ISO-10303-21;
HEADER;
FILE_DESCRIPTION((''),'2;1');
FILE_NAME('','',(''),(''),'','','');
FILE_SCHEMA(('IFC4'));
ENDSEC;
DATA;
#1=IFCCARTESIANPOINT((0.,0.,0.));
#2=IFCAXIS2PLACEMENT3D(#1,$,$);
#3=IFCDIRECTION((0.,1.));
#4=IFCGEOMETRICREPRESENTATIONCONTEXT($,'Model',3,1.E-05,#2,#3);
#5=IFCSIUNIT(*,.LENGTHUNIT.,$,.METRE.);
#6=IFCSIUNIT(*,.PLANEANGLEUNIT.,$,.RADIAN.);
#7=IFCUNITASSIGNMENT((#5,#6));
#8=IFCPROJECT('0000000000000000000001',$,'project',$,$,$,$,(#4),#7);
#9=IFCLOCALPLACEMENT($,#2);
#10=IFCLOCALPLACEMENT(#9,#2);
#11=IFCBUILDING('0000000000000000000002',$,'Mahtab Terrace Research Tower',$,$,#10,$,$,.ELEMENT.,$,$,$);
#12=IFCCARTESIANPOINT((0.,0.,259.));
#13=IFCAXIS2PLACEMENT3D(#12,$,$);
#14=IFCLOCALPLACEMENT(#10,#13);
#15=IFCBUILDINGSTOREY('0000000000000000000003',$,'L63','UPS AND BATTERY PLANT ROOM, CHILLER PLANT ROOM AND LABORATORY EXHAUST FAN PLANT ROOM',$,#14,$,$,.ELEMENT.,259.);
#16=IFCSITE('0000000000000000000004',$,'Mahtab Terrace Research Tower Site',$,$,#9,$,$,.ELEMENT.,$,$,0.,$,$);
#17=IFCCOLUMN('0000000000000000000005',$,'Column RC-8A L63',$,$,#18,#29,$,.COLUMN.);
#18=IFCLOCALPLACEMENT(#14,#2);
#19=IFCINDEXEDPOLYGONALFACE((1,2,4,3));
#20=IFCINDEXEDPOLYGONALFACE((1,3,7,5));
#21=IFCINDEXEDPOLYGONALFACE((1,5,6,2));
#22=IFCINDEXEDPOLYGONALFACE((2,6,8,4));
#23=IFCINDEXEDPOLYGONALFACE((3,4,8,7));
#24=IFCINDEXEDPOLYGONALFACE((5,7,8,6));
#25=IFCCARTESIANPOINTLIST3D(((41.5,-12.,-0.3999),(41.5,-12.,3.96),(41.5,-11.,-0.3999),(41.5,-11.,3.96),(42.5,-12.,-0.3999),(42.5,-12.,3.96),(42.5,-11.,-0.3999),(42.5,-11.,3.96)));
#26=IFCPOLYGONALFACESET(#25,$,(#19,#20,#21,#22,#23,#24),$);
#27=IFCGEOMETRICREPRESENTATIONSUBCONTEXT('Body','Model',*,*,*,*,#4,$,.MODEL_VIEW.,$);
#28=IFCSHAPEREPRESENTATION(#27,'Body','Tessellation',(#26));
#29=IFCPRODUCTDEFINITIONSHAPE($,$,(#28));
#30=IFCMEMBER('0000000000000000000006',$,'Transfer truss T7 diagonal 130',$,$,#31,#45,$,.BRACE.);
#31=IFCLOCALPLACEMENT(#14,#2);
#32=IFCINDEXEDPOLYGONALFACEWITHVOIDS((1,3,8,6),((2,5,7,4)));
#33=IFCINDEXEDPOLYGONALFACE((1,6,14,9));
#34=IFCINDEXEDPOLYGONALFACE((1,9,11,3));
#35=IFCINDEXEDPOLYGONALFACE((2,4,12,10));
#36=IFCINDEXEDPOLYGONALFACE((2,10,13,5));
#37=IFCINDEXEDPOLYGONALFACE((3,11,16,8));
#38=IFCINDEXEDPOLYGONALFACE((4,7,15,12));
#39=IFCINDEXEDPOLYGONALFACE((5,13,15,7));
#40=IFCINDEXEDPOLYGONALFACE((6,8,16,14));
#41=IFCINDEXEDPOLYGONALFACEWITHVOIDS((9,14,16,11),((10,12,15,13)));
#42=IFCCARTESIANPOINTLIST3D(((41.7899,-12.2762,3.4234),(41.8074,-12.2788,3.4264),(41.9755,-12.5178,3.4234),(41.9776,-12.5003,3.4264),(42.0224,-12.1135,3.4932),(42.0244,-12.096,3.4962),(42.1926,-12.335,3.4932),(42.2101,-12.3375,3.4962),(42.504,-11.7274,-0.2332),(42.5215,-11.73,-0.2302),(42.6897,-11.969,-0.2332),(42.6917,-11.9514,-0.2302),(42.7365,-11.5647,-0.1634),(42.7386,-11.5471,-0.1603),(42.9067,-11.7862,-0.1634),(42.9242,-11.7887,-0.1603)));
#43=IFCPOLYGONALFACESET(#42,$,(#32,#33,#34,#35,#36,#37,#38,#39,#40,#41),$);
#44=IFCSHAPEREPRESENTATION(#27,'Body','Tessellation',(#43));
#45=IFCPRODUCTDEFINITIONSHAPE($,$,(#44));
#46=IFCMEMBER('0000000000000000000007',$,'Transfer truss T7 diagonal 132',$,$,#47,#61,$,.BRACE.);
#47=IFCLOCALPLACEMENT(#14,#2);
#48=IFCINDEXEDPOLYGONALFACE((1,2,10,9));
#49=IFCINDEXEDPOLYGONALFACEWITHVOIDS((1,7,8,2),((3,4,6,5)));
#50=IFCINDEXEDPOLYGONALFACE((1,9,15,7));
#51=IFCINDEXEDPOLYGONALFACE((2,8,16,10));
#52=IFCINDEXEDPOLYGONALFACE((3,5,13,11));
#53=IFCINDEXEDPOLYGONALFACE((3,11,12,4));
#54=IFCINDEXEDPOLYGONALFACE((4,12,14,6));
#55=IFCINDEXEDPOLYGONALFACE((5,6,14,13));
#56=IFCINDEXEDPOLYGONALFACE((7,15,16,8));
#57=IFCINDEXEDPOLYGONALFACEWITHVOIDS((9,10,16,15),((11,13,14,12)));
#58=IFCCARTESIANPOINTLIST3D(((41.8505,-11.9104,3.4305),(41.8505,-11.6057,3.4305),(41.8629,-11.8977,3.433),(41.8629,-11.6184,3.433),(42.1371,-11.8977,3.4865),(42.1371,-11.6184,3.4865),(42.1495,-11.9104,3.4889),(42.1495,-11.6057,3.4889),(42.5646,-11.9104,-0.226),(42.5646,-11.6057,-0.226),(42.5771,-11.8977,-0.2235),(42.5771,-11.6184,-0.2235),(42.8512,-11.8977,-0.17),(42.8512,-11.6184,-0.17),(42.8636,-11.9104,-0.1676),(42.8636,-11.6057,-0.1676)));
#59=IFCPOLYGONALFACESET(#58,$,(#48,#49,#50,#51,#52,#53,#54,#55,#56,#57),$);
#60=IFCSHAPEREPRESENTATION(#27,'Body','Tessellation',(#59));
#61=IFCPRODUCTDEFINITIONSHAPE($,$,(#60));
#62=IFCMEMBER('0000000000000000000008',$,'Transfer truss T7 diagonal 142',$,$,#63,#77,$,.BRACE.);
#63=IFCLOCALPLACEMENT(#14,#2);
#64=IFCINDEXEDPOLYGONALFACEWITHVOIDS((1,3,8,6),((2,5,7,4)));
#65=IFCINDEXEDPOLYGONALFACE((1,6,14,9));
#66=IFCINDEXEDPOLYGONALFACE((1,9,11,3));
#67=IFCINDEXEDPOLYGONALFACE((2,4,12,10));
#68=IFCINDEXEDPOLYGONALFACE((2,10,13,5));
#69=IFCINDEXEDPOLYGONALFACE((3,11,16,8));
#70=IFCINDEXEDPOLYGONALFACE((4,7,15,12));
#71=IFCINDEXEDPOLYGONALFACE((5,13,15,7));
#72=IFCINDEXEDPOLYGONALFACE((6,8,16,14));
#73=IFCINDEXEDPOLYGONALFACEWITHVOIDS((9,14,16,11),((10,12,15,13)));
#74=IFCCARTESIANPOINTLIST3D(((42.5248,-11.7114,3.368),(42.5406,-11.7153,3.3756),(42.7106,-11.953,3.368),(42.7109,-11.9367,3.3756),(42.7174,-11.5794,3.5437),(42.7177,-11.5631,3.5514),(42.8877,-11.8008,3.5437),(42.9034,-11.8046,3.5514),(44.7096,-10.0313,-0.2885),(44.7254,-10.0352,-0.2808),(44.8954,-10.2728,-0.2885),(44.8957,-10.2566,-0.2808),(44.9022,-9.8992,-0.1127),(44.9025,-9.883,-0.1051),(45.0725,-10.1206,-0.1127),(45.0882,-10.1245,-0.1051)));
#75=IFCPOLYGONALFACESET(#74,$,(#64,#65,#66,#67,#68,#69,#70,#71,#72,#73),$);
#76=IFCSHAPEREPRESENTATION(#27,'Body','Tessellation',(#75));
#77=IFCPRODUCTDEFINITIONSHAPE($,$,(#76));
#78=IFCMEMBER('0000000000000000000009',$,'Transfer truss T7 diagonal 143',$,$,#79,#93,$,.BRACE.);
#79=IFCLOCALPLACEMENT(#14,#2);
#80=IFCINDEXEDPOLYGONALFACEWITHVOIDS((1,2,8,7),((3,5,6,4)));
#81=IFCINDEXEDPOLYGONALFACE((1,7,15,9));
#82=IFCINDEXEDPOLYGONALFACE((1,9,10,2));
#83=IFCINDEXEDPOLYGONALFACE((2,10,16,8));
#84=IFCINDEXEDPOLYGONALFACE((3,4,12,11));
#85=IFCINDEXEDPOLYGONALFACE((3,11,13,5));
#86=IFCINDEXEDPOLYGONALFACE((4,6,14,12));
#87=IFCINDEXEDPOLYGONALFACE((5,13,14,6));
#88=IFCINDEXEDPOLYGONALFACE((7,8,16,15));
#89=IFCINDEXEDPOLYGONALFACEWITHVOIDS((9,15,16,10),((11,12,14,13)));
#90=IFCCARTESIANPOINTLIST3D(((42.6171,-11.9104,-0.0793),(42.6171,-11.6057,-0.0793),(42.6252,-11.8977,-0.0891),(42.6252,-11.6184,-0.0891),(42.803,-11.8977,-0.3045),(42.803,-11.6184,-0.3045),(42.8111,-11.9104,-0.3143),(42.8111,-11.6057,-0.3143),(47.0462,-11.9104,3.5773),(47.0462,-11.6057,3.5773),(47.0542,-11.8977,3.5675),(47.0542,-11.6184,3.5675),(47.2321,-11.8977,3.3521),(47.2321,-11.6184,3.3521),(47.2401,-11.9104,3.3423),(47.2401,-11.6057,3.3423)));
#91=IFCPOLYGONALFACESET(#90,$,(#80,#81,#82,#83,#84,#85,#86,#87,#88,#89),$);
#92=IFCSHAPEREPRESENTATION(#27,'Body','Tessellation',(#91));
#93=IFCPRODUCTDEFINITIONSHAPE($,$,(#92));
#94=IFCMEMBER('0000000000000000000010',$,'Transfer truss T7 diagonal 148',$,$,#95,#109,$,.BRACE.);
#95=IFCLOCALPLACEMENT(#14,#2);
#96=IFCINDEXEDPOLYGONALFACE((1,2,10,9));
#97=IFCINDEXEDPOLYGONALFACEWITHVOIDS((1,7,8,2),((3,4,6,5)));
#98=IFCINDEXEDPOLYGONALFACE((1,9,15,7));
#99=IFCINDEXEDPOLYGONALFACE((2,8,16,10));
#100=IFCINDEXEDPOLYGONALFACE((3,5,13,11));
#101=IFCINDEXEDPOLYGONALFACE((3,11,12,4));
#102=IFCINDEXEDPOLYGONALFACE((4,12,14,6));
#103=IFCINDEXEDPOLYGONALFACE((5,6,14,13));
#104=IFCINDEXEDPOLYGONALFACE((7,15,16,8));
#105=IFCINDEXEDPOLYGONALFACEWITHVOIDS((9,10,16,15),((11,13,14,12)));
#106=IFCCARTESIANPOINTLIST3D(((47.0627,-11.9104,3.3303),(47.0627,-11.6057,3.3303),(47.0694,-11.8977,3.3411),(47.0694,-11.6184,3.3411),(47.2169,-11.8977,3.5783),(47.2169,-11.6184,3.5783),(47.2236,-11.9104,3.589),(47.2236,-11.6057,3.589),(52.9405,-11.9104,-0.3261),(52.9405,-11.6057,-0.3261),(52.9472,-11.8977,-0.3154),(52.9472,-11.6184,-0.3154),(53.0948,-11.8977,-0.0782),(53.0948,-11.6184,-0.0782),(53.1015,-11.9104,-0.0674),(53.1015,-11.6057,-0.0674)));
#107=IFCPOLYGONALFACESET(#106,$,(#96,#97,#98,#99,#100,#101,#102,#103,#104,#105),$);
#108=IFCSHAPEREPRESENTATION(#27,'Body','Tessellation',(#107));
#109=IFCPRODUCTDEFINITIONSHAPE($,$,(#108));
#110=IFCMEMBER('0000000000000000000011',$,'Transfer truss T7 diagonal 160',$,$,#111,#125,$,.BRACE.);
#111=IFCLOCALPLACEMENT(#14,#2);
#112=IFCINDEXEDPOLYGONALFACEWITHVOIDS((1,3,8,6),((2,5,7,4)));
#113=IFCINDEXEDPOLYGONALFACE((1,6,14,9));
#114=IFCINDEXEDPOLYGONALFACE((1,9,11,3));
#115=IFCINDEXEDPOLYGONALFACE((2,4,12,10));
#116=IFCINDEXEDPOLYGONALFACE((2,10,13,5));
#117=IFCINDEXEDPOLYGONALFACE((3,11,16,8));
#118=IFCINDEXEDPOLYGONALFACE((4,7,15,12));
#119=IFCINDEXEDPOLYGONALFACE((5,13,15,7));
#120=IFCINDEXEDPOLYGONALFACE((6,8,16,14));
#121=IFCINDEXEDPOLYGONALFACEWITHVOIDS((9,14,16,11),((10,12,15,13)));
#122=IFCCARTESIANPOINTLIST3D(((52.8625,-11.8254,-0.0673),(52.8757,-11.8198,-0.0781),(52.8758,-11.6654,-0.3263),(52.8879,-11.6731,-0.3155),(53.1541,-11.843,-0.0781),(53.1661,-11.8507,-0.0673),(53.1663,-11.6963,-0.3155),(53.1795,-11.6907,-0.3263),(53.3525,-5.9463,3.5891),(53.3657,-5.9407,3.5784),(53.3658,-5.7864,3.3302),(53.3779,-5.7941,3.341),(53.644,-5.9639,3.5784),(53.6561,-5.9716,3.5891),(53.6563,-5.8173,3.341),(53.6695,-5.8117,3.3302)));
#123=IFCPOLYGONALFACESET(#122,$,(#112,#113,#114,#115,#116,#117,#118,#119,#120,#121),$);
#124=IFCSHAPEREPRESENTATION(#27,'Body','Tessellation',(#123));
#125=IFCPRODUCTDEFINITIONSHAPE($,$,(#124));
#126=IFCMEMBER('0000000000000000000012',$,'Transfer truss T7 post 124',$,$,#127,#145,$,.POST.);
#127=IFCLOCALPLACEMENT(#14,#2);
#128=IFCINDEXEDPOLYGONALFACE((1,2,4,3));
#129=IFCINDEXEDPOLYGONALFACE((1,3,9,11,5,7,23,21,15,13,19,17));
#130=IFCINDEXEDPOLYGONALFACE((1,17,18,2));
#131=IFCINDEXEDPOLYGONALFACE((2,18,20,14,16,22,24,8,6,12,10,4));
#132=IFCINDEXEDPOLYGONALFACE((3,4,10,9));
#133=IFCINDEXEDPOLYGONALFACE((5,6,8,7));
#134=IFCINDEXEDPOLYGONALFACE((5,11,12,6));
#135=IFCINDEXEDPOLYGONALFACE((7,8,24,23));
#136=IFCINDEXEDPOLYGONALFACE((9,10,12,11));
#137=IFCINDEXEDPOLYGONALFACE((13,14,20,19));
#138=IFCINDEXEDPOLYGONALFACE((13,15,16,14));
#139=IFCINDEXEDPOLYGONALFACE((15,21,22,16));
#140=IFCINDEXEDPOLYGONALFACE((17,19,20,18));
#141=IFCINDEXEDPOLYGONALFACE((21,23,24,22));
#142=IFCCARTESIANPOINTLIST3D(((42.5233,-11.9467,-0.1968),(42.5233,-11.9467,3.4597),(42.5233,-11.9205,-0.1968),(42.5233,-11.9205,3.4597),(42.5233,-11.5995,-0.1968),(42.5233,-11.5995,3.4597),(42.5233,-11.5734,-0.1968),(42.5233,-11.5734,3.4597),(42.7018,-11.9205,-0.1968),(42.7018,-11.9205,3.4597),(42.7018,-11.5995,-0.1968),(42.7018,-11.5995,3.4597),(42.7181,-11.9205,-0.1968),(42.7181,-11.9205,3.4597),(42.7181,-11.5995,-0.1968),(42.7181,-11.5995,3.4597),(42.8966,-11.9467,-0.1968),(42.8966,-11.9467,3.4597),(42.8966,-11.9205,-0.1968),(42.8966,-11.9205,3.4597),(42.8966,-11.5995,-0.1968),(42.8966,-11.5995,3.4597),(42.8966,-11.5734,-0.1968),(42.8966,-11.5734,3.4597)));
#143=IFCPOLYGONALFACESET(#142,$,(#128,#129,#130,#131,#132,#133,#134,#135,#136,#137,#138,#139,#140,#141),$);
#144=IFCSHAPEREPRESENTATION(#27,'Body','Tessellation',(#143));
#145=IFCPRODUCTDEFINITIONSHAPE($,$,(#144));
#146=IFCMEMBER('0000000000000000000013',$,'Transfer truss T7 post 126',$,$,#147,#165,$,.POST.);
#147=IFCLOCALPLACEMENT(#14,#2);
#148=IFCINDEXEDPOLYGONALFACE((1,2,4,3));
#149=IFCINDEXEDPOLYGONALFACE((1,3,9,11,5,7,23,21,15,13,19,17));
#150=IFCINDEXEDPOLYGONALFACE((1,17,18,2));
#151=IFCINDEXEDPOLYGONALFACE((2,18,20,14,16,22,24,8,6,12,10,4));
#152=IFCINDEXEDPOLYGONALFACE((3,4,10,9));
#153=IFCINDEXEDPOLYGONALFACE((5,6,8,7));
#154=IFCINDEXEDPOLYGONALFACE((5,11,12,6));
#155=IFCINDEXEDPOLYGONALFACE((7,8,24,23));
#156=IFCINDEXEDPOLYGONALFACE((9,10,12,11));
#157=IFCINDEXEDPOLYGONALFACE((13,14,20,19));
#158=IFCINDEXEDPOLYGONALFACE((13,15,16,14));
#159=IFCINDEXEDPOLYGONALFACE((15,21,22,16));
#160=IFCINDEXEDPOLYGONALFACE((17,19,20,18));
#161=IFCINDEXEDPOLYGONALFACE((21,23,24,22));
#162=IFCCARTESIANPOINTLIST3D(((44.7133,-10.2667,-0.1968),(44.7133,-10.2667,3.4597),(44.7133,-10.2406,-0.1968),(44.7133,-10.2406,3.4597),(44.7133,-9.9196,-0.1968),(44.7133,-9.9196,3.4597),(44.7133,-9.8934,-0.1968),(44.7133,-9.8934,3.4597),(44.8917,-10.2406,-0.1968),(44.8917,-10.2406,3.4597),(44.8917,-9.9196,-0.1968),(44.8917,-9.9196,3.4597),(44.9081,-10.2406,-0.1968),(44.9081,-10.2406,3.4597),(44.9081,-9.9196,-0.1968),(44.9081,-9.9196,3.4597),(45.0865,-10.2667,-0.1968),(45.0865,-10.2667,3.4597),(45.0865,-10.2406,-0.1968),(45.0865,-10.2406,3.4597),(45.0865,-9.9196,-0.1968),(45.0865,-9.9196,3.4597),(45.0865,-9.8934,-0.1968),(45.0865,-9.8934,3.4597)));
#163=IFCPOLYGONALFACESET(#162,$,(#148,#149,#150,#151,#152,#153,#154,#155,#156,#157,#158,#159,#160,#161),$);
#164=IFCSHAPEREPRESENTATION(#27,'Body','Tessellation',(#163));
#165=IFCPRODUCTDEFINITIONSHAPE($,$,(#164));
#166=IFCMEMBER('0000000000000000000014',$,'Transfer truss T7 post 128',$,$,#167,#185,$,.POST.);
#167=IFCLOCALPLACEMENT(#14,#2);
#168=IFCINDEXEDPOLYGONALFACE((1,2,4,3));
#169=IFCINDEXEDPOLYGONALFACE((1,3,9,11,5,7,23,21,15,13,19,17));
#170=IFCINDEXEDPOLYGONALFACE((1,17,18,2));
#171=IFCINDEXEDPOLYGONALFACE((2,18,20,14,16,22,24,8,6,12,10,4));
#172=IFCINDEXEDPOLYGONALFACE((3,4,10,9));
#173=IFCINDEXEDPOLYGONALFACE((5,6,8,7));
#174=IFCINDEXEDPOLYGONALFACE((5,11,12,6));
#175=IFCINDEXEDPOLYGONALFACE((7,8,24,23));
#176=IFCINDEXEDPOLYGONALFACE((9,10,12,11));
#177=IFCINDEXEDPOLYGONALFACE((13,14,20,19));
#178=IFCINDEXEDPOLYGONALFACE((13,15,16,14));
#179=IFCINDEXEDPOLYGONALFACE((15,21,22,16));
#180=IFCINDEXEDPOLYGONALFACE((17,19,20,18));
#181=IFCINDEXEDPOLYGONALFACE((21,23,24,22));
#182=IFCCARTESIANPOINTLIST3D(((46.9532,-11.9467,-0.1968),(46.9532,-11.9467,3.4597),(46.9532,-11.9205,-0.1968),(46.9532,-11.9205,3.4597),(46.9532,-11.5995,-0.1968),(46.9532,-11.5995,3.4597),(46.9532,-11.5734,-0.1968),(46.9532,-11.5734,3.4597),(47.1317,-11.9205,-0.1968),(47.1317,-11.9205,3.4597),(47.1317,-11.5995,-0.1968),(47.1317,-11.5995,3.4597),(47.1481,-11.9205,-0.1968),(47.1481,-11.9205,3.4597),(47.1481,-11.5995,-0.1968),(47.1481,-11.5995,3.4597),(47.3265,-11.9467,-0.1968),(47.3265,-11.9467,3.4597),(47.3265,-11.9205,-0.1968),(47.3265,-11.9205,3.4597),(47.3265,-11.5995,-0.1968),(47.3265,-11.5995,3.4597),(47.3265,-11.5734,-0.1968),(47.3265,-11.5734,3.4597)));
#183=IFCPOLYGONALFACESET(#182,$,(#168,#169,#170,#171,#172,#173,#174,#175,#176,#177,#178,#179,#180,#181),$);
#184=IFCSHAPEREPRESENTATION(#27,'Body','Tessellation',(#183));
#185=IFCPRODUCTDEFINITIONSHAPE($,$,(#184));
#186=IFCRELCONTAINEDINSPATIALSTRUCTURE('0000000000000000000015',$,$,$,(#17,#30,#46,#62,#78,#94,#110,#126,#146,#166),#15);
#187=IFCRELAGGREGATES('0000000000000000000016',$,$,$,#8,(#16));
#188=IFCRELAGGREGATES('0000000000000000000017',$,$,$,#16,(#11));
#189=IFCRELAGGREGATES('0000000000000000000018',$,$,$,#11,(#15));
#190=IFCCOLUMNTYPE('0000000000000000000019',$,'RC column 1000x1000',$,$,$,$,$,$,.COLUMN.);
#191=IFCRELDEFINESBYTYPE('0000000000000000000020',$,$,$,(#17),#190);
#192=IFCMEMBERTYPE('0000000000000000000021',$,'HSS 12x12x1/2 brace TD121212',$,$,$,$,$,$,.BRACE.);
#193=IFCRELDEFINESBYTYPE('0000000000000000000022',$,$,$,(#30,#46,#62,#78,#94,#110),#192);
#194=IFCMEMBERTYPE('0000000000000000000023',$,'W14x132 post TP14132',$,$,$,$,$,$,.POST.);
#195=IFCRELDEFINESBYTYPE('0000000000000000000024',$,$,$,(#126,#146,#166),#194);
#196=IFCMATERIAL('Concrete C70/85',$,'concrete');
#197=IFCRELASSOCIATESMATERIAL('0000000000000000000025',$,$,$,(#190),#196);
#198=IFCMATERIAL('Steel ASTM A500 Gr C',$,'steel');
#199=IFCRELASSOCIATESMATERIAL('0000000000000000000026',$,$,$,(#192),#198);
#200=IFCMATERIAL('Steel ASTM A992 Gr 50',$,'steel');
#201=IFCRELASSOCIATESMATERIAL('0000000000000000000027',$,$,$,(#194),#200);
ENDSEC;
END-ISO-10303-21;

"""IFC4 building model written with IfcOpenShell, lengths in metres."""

from ifc_helpers import new_model, si_unit, direction, frame, origin, origin_2d, place, context, subcontext, project, spatial, rectangle, hollow_rectangle, i_section, extrude, material, material_profile, profile_set, type_object, element, save


model = new_model("IFC4")

# Units and contexts
model_context = context("Model", 3, precision=1e-05, world=origin(), true_north=direction((0.0, 1.0)))
body_context = subcontext(model_context, "Body", "Model", "MODEL_VIEW")
ifc_project = project(units=[si_unit("LENGTHUNIT", "METRE"), si_unit("PLANEANGLEUNIT", "RADIAN")], contexts=[model_context])

# Site, building, storey
site_placement = place(None, origin())
site = spatial("IfcSite", under=ifc_project, at=site_placement, Name="Mahtab Terrace Research Tower Site", CompositionType="ELEMENT", RefElevation=0.0)
building_placement = place(site_placement, origin())
building = spatial("IfcBuilding", under=site, at=building_placement, Name="Mahtab Terrace Research Tower", CompositionType="ELEMENT")
storey_placement = place(building_placement, frame((0.0, 0.0, 259.0)))
storey = spatial("IfcBuildingStorey", under=building, at=storey_placement, Name="L63", Description="UPS AND BATTERY PLANT ROOM, CHILLER PLANT ROOM AND LABORATORY EXHAUST FAN PLANT ROOM", CompositionType="ELEMENT", Elevation=259.0)

# Column
ifc_material_1 = material(Name="Concrete C70/85", Category="concrete")
ifc_material_profile_1 = material_profile(ifc_material_1, rectangle(XDim=1.0, YDim=1.0, at=origin_2d()), Name="RC column 1000x1000")
ifc_profile_set_1 = profile_set([ifc_material_profile_1], Name="Concrete C70/85")
column_type = type_object("IfcColumnType", Name="RC column 1000x1000", PredefinedType="COLUMN", material=ifc_profile_set_1)
column_placement = place(storey_placement, frame((42.0, -11.5, -0.3999), z_axis=(0.0, 0.0, 1.0), x_axis=(1.0, 0.0, 0.0)))
element("IfcColumn", 1, at=column_placement, inside=storey, type_object=column_type, Name="Column RC-8A L63", PredefinedType="COLUMN", context=body_context, shape_type="SweptSolid", body=[
    extrude(rectangle(XDim=1.0, YDim=1.0, at=origin_2d()), origin(), (0.0, 0.0, 1.0), 4.3599),
])

# Members
ifc_material_2 = material(Name="Steel ASTM A500 Gr C", Category="steel")
ifc_material_profile_2 = material_profile(ifc_material_2, hollow_rectangle(XDim=0.3047, YDim=0.3047, WallThickness=0.0127, at=origin_2d()), Name="HSS12X12X1/2")
ifc_profile_set_2 = profile_set([ifc_material_profile_2], Name="Steel ASTM A500 Gr C")
member_type_1 = type_object("IfcMemberType", Name="HSS 12x12x1/2 brace TD121212", PredefinedType="BRACE", material=ifc_profile_set_2)
member_1_placement = place(storey_placement, frame((42.7141, -11.7581, -0.1968), z_axis=(-0.189632, -0.145741, 0.970979), x_axis=(0.60937, -0.792886, 0.0)))
element("IfcMember", 2, at=member_1_placement, inside=storey, type_object=member_type_1, Name="Transfer truss T7 diagonal 130", PredefinedType="BRACE", context=body_context, shape_type="SweptSolid", body=[
    extrude(hollow_rectangle(XDim=0.3047, YDim=0.3047, WallThickness=0.0127, at=origin_2d()), origin(), (0.0, 0.0, 1.0), 3.7659),
])
member_2_placement = place(storey_placement, frame((42.7141, -11.7581, -0.1968), z_axis=(-0.191678, 0.0, 0.981458), x_axis=(0.0, -1.0, 0.0)))
element("IfcMember", 3, at=member_2_placement, inside=storey, type_object=member_type_1, Name="Transfer truss T7 diagonal 132", PredefinedType="BRACE", context=body_context, shape_type="SweptSolid", body=[
    extrude(hollow_rectangle(XDim=0.3047, YDim=0.3047, WallThickness=0.0127, at=origin_2d()), origin(), (0.0, 0.0, 1.0), 3.7256),
])
member_3_placement = place(storey_placement, frame((44.8989, -10.0779, -0.1968), z_axis=(-0.477148, -0.366938, 0.798552), x_axis=(0.609608, -0.792703, 0.0)))
element("IfcMember", 4, at=member_3_placement, inside=storey, type_object=member_type_1, Name="Transfer truss T7 diagonal 142", PredefinedType="BRACE", context=body_context, shape_type="SweptSolid", body=[
    extrude(hollow_rectangle(XDim=0.3047, YDim=0.3047, WallThickness=0.0127, at=origin_2d()), origin(), (0.0, 0.0, 1.0), 4.5789),
])
member_4_placement = place(storey_placement, frame((42.7141, -11.7581, -0.1968), z_axis=(0.77115, 0.0, 0.636653), x_axis=(0.0, 1.0, 0.0)))
element("IfcMember", 5, at=member_4_placement, inside=storey, type_object=member_type_1, Name="Transfer truss T7 diagonal 143", PredefinedType="BRACE", context=body_context, shape_type="SweptSolid", body=[
    extrude(hollow_rectangle(XDim=0.3047, YDim=0.3047, WallThickness=0.0127, at=origin_2d()), origin(), (0.0, 0.0, 1.0), 5.7434),
])
member_5_placement = place(storey_placement, frame((53.021, -11.7581, -0.1968), z_axis=(-0.849114, 0.0, 0.52821), x_axis=(0.0, -1.0, 0.0)))
element("IfcMember", 6, at=member_5_placement, inside=storey, type_object=member_type_1, Name="Transfer truss T7 diagonal 148", PredefinedType="BRACE", context=body_context, shape_type="SweptSolid", body=[
    extrude(hollow_rectangle(XDim=0.3047, YDim=0.3047, WallThickness=0.0127, at=origin_2d()), origin(), (0.0, 0.0, 1.0), 6.9224),
])
member_6_placement = place(storey_placement, frame((53.021, -11.7581, -0.1968), z_axis=(0.070596, 0.847044, 0.526813), x_axis=(-0.996545, 0.083056, 0.0)))
element("IfcMember", 7, at=member_6_placement, inside=storey, type_object=member_type_1, Name="Transfer truss T7 diagonal 160", PredefinedType="BRACE", context=body_context, shape_type="SweptSolid", body=[
    extrude(hollow_rectangle(XDim=0.3047, YDim=0.3047, WallThickness=0.0127, at=origin_2d()), origin(), (0.0, 0.0, 1.0), 6.9407),
])
ifc_material_3 = material(Name="Steel ASTM A992 Gr 50", Category="steel")
ifc_material_profile_3 = material_profile(ifc_material_3, i_section(OverallWidth=0.3733, OverallDepth=0.3733, WebThickness=0.0164, FlangeThickness=0.0261, at=origin_2d()), Name="W14X132")
ifc_profile_set_3 = profile_set([ifc_material_profile_3], Name="Steel ASTM A992 Gr 50")
member_type_2 = type_object("IfcMemberType", Name="W14x132 post TP14132", PredefinedType="POST", material=ifc_profile_set_3)
for number, where, z_axis, x_axis, name in (
    (8, (42.71, -11.76, -0.1968), (0.0, 0.0, 1.0), (1.0, 0.0, 0.0), "Transfer truss T7 post 124"),
    (9, (44.8999, -10.0801, -0.1968), (0.0, 0.0, 1.0), (1.0, 0.0, 0.0), "Transfer truss T7 post 126"),
    (10, (47.1399, -11.76, -0.1968), (0.0, 0.0, 1.0), (1.0, 0.0, 0.0), "Transfer truss T7 post 128"),
):
    element("IfcMember", number, at=place(storey_placement, frame(where, z_axis=z_axis, x_axis=x_axis)), inside=storey, type_object=member_type_2, Name=name, PredefinedType="POST", context=body_context, shape_type="SweptSolid", body=[
        extrude(i_section(OverallWidth=0.3733, OverallDepth=0.3733, WebThickness=0.0164, FlangeThickness=0.0261, at=origin_2d()), origin(), (0.0, 0.0, 1.0), 3.6565),
    ])

save(model, "model.ifc")
